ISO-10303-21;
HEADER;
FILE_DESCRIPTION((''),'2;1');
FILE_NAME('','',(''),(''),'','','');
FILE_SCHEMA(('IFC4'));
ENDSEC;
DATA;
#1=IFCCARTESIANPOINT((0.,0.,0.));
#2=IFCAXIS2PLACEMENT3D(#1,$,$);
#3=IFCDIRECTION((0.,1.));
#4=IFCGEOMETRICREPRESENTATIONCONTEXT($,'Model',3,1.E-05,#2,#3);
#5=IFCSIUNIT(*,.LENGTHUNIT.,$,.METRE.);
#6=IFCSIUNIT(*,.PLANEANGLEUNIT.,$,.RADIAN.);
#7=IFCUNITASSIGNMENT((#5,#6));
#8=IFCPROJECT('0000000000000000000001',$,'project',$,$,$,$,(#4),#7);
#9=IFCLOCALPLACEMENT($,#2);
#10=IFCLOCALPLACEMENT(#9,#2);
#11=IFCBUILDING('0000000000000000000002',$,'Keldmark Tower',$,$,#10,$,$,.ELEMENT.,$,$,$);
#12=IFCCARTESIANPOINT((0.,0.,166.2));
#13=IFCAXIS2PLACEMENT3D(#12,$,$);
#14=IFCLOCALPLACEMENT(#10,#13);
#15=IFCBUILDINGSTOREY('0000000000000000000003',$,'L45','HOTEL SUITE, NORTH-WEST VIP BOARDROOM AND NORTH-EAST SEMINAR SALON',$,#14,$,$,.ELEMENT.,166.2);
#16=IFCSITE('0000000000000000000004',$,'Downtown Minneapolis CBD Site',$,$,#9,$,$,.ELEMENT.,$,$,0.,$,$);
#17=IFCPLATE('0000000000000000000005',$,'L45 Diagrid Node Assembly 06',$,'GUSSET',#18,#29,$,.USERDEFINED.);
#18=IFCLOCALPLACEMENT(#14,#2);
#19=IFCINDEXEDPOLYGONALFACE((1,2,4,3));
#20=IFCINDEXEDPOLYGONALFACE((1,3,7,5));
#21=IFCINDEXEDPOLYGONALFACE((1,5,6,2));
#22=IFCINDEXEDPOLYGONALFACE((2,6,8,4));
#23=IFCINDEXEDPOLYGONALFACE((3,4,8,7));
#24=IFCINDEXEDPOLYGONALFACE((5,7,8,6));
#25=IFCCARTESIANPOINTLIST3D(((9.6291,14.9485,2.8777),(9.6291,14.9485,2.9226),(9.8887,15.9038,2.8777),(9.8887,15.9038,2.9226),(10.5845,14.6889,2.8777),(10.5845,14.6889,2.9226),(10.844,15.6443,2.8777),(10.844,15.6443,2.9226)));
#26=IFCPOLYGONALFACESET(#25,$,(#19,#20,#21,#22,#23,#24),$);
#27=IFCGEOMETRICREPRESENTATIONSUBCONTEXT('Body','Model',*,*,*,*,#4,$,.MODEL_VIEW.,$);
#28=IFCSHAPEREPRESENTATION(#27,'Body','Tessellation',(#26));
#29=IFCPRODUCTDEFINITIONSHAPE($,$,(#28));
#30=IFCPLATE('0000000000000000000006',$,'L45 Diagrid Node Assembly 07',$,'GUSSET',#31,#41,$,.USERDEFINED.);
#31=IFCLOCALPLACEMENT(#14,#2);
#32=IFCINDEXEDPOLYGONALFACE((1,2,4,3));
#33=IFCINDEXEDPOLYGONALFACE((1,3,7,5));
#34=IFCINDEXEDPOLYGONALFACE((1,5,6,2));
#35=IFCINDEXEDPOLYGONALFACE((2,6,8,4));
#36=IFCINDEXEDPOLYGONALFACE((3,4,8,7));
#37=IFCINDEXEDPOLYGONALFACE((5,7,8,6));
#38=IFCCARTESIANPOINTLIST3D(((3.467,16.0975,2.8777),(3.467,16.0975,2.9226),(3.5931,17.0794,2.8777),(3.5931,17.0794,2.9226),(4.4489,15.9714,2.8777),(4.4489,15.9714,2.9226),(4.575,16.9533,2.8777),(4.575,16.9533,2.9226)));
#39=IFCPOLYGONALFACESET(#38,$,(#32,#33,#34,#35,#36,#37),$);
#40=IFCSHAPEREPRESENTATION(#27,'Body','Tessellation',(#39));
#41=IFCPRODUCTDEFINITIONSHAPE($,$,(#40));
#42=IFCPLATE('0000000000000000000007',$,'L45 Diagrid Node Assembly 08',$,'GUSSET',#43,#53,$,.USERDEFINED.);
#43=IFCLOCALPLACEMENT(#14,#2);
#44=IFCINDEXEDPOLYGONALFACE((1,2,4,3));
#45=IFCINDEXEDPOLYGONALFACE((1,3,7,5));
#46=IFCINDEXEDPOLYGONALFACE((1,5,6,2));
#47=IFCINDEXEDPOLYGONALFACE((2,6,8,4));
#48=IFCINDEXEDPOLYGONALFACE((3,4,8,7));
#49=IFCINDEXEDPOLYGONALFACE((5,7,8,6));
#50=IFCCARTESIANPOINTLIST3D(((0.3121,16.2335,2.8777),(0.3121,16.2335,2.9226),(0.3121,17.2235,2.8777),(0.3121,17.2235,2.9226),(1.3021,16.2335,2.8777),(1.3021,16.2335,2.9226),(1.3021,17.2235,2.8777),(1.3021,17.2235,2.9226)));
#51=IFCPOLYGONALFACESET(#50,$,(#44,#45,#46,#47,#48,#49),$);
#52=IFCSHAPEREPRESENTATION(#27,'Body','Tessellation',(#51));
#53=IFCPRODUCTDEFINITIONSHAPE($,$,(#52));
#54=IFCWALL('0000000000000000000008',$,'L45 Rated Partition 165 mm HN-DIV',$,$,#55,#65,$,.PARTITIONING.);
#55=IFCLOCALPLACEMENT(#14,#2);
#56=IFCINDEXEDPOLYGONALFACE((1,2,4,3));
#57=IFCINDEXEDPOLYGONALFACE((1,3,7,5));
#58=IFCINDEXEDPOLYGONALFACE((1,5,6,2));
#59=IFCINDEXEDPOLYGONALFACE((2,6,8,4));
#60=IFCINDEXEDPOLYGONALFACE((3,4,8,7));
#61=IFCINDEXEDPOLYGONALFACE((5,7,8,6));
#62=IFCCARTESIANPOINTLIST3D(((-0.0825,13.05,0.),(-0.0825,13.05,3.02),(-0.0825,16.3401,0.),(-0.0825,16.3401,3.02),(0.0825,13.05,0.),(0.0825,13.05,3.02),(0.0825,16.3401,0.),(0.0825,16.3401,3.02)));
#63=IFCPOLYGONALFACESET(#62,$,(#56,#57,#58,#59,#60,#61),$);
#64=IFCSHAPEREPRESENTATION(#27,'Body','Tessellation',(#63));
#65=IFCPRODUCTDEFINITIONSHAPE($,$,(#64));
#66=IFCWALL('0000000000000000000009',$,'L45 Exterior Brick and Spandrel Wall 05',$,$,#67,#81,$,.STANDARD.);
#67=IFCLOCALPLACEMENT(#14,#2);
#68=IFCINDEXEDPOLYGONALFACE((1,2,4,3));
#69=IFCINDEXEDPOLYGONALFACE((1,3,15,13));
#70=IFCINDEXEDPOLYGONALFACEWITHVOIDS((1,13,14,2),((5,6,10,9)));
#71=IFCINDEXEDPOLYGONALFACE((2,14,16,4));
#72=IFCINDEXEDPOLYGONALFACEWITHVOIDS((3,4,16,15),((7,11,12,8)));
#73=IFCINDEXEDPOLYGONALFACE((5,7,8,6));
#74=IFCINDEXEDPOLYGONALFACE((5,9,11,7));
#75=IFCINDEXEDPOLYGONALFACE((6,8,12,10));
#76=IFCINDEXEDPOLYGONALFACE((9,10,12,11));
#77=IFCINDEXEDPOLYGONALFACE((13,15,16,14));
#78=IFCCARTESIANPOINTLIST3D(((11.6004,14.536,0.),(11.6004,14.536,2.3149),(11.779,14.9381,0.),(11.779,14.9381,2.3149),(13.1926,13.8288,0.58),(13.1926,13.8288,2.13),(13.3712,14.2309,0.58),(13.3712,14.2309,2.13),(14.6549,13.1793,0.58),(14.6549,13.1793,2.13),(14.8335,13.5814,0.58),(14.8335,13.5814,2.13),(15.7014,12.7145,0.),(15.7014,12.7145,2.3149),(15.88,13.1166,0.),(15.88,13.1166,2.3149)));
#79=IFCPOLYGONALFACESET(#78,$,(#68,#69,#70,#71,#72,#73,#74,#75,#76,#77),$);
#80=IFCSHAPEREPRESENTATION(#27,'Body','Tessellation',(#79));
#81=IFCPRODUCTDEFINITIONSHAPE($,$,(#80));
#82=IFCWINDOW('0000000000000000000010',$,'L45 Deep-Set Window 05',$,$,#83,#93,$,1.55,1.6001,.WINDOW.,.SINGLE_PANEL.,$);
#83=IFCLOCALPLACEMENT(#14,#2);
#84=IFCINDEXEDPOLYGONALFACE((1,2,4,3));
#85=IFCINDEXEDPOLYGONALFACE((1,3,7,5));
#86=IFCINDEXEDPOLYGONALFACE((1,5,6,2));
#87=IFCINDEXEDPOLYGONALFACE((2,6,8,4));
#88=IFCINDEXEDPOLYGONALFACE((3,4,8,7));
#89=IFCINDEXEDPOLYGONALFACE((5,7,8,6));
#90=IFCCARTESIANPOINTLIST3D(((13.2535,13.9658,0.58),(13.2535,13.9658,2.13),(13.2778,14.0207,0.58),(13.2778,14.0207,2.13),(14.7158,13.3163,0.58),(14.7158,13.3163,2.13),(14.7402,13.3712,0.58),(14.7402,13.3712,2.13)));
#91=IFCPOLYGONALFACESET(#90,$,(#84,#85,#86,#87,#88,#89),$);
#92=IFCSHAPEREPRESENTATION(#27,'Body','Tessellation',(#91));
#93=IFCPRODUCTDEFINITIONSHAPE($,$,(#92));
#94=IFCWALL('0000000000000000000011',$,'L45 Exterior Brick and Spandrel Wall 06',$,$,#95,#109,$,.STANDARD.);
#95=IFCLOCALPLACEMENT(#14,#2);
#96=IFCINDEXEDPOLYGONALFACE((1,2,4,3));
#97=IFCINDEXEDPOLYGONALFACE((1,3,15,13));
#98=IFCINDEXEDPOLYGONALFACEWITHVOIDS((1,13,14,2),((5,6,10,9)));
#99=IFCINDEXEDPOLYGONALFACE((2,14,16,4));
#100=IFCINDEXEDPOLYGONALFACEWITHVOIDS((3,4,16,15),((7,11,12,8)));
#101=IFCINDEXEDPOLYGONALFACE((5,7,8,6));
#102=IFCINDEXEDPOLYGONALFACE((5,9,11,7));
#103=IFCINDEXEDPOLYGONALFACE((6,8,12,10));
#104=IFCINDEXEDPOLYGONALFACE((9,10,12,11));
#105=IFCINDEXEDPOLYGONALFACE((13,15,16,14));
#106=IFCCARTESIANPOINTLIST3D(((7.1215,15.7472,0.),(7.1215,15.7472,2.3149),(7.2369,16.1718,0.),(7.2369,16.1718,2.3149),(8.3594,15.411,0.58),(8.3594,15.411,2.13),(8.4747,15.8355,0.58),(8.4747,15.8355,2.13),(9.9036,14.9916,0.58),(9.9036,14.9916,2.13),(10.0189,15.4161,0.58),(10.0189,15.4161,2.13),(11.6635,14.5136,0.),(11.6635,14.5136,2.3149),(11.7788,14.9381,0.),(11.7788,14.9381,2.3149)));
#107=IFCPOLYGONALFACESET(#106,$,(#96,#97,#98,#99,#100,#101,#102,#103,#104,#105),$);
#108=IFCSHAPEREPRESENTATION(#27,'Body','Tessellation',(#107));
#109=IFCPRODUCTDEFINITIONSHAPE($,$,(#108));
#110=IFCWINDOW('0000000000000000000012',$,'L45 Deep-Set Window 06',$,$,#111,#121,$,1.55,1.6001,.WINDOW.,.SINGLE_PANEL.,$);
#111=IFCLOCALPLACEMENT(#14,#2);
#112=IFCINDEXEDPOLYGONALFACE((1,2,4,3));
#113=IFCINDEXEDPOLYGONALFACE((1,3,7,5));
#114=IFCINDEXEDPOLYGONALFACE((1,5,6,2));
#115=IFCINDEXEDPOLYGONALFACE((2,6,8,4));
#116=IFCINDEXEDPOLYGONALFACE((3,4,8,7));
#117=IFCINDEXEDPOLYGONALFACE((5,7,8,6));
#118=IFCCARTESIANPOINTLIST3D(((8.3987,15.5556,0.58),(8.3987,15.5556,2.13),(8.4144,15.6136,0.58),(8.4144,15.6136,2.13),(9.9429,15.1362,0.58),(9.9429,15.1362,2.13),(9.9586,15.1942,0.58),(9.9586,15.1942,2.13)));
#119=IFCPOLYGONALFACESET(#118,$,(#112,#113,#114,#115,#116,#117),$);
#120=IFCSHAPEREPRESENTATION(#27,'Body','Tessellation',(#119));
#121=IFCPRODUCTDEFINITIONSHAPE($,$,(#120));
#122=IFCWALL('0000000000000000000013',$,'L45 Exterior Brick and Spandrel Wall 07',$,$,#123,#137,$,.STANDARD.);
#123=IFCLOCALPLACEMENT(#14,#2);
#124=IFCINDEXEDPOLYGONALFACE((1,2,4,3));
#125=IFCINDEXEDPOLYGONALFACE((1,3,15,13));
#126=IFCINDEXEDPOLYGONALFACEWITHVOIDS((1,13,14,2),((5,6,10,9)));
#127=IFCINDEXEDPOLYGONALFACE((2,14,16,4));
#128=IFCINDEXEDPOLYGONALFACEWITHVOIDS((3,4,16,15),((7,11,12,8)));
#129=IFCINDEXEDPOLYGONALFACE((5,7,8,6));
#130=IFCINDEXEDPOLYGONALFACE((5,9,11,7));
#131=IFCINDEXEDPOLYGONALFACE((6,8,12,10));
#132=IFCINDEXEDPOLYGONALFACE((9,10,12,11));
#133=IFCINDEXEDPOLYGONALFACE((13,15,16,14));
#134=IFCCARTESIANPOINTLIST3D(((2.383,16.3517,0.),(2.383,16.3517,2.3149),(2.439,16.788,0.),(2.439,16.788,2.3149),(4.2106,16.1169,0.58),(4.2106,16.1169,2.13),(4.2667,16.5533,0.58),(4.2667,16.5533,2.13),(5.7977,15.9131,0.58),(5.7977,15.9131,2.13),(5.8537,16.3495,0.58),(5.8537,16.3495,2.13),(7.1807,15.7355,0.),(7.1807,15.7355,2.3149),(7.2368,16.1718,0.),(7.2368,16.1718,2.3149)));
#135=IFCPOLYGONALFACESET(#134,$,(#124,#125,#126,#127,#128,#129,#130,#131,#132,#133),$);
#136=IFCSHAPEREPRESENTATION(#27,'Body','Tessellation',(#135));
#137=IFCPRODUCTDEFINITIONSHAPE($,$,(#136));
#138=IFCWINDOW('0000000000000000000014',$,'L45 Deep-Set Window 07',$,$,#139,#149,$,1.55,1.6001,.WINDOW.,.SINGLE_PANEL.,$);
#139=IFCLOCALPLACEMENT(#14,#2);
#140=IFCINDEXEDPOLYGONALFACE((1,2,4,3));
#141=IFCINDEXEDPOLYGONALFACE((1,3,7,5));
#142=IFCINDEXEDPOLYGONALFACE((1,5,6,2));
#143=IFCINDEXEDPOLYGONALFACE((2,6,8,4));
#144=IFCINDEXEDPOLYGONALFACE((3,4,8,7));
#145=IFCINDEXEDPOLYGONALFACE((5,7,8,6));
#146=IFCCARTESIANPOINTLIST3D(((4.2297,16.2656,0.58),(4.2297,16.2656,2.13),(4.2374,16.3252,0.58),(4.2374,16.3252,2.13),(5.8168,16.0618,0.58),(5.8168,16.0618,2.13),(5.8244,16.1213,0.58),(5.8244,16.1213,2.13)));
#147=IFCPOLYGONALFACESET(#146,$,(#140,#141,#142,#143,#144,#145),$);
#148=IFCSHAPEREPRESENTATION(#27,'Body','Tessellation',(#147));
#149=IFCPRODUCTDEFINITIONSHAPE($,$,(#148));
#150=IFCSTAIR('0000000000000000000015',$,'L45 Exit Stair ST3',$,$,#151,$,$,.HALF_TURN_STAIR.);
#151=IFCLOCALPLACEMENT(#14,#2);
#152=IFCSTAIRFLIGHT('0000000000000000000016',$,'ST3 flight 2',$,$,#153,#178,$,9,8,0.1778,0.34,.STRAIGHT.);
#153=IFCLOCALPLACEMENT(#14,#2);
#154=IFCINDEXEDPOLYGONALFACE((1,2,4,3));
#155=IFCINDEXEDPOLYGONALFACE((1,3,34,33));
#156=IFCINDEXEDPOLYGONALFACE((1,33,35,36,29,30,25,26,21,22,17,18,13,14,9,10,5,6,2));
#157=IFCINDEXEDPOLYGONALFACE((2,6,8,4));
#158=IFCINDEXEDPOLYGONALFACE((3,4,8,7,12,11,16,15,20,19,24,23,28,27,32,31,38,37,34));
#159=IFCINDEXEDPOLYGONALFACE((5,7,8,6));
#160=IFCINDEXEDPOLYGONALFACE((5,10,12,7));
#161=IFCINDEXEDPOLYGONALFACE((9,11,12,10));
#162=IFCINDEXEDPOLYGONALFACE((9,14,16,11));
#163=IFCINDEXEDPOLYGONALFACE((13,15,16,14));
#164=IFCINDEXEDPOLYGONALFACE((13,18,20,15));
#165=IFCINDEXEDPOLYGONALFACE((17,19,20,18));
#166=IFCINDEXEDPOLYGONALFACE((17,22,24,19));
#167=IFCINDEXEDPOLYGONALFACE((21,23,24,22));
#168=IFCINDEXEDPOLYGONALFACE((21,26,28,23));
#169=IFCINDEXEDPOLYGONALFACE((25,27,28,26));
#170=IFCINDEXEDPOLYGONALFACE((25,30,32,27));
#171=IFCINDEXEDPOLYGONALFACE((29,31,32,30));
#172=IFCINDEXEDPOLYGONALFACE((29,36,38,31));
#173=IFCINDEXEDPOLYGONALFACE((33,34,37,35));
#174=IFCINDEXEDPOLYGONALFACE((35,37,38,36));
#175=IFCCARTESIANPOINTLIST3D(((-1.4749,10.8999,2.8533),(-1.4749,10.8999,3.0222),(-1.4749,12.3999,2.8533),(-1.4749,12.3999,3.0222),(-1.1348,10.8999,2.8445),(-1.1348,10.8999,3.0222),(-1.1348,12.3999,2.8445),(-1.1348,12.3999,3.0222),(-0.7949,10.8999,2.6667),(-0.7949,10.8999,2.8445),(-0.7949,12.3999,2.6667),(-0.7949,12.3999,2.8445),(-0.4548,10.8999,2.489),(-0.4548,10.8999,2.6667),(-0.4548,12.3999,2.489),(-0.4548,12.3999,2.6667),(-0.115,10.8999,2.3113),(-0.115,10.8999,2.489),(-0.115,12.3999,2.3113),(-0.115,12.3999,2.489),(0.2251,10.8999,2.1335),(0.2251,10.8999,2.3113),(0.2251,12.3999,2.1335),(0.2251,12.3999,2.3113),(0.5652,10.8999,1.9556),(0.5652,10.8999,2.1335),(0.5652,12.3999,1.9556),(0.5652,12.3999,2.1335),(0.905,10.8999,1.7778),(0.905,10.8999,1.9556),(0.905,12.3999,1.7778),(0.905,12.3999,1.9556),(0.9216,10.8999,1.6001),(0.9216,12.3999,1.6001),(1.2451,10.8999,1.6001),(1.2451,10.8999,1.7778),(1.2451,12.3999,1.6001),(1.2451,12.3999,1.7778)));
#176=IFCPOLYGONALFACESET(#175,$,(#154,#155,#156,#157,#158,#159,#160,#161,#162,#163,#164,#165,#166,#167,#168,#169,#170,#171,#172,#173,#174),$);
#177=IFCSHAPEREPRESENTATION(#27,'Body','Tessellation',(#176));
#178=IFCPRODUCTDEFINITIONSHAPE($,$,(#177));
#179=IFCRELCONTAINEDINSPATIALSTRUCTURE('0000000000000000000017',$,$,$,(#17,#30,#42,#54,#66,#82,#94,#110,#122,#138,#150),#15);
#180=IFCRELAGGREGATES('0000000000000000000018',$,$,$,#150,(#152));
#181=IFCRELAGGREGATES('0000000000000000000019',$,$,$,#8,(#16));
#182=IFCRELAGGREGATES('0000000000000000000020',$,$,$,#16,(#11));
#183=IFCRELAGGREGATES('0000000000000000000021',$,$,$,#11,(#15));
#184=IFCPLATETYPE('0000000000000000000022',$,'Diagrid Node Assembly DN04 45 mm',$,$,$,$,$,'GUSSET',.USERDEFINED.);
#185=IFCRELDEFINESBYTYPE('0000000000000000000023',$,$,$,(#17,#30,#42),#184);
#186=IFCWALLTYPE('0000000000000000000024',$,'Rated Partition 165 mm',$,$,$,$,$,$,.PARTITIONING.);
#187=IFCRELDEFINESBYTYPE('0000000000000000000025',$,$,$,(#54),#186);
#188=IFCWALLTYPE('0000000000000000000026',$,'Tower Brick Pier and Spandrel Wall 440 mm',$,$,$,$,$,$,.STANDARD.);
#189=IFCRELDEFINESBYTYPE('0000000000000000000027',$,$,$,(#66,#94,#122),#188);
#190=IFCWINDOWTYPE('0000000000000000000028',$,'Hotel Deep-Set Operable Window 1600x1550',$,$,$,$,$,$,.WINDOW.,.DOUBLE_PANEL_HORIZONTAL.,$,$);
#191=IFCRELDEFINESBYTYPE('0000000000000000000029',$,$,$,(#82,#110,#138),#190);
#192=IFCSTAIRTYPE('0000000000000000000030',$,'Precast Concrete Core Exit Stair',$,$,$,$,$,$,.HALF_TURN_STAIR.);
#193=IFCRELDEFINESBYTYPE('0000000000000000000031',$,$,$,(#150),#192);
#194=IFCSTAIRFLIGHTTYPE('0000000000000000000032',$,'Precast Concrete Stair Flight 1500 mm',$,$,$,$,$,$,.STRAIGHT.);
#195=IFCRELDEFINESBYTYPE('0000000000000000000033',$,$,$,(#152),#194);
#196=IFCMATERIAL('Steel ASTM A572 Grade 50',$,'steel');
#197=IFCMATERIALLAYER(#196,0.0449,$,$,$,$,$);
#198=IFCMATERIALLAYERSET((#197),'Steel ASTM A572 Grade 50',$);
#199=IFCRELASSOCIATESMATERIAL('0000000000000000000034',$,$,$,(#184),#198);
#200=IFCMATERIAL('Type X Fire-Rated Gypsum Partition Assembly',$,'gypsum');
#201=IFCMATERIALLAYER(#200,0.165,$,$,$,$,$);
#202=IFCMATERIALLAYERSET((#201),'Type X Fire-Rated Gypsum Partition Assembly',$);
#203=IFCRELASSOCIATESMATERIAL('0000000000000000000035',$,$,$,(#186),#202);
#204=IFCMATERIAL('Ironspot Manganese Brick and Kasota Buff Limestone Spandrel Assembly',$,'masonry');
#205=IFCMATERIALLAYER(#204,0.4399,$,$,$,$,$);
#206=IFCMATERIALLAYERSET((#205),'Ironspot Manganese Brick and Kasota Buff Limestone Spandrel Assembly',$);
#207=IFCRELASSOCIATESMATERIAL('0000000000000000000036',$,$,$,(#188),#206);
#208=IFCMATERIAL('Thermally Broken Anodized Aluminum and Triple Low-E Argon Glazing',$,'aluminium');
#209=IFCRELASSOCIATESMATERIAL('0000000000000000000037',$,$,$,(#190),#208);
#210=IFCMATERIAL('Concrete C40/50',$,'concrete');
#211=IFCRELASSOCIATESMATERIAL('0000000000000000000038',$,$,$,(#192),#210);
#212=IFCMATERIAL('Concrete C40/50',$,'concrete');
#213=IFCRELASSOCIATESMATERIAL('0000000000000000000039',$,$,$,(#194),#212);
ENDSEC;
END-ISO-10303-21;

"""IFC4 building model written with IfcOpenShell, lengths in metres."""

from ifc_helpers import new_model, si_unit, direction, frame, frame_2d, origin, origin_2d, place, context, subcontext, project, spatial, polyline, rectangle, outline, extrude, material, layer, layer_set, type_object, element, fill, aggregate, save


model = new_model("IFC4")

# Units and contexts
model_context = context("Model", 3, precision=1e-05, world=origin(), true_north=direction((0.0, 1.0)))
body_context = subcontext(model_context, "Body", "Model", "MODEL_VIEW")
ifc_project = project(units=[si_unit("LENGTHUNIT", "METRE"), si_unit("PLANEANGLEUNIT", "RADIAN")], contexts=[model_context])

# Site, building, storey
site_placement = place(None, origin())
site = spatial("IfcSite", under=ifc_project, at=site_placement, Name="Downtown Minneapolis CBD Site", CompositionType="ELEMENT", RefElevation=0.0)
building_placement = place(site_placement, origin())
building = spatial("IfcBuilding", under=site, at=building_placement, Name="Keldmark Tower", CompositionType="ELEMENT")
storey_placement = place(building_placement, frame((0.0, 0.0, 166.2)))
storey = spatial("IfcBuildingStorey", under=building, at=storey_placement, Name="L45", Description="HOTEL SUITE, NORTH-WEST VIP BOARDROOM AND NORTH-EAST SEMINAR SALON", CompositionType="ELEMENT", Elevation=166.2)

# Plates
ifc_material_1 = material(Name="Steel ASTM A572 Grade 50", Category="steel")
ifc_layer_1 = layer(ifc_material_1, 0.0449)
ifc_layer_set_1 = layer_set([ifc_layer_1], Name="Steel ASTM A572 Grade 50")
plate_type_1 = type_object("IfcPlateType", Name="Diagrid Node Assembly DN04 45 mm", ElementType="GUSSET", PredefinedType="USERDEFINED", material=ifc_layer_set_1)
for number, where, z_axis, x_axis, name in (
    (1, (10.2366, 15.2964, 2.8777), (0.0, 0.0, 1.0), (-0.965016, 0.262189, 0.0), "L45 Diagrid Node Assembly 06"),
    (2, (4.021, 16.5254, 2.8777), (0.0, 0.0, 1.0), (-0.99185, 0.127411, 0.0), "L45 Diagrid Node Assembly 07"),
    (3, (0.8071, 16.7285, 2.8777), (0.0, 0.0, 1.0), (-1.0, 0.0, 0.0), "L45 Diagrid Node Assembly 08"),
):
    element("IfcPlate", number, at=place(storey_placement, frame(where, z_axis=z_axis, x_axis=x_axis)), inside=storey, type_object=plate_type_1, Name=name, ObjectType="GUSSET", PredefinedType="USERDEFINED", context=body_context, shape_type="SweptSolid", body=[
        extrude(rectangle(XDim=0.99, YDim=0.99, at=origin_2d()), origin(), (0.0, 0.0, 1.0), 0.0449),
    ])

# Wall
ifc_material_2 = material(Name="Type X Fire-Rated Gypsum Partition Assembly", Category="gypsum")
ifc_layer_2 = layer(ifc_material_2, 0.165)
ifc_layer_set_2 = layer_set([ifc_layer_2], Name="Type X Fire-Rated Gypsum Partition Assembly")
wall_type_1 = type_object("IfcWallType", Name="Rated Partition 165 mm", PredefinedType="PARTITIONING", material=ifc_layer_set_2)
wall_1_placement = place(storey_placement, frame((0.0, 13.05, 0.0), z_axis=(0.0, 0.0, 1.0), x_axis=(0.0, 1.0, 0.0)))
element("IfcWall", 4, at=wall_1_placement, inside=storey, type_object=wall_type_1, Name="L45 Rated Partition 165 mm HN-DIV", PredefinedType="PARTITIONING", context=body_context, shape_type="SweptSolid", body=[
    extrude(rectangle(XDim=3.29, YDim=0.165, at=frame_2d((1.645, 0.0))), origin(), (0.0, 0.0, 1.0), 3.02),
])

# Walls, openings, windows
ifc_material_3 = material(Name="Ironspot Manganese Brick and Kasota Buff Limestone Spandrel Assembly", Category="masonry")
ifc_layer_3 = layer(ifc_material_3, 0.4399)
ifc_layer_set_3 = layer_set([ifc_layer_3], Name="Ironspot Manganese Brick and Kasota Buff Limestone Spandrel Assembly")
wall_type_2 = type_object("IfcWallType", Name="Tower Brick Pier and Spandrel Wall 440 mm", PredefinedType="STANDARD", material=ifc_layer_set_3)
wall_2_placement = place(storey_placement, frame((11.6897, 14.7371, 0.0), z_axis=(0.0, 0.0, 1.0), x_axis=(0.913908, -0.405921, 0.0)))
wall_2 = element("IfcWall", 5, at=wall_2_placement, inside=storey, type_object=wall_type_2, Name="L45 Exterior Brick and Spandrel Wall 05", PredefinedType="STANDARD", context=body_context, shape_type="SweptSolid", body=[
    extrude(rectangle(XDim=4.4873, YDim=0.4399, at=frame_2d((2.2437, 0.0))), origin(), (0.0, 0.0, 1.0), 2.3149),
])
opening_1_placement = place(wall_2_placement, frame((1.7422, 0.0, 0.5801)))
opening_1 = element("IfcOpeningElement", 6, at=opening_1_placement, cuts=wall_2, PredefinedType="OPENING", context=body_context, shape_type="SweptSolid", body=[
    extrude(rectangle(XDim=1.6001, YDim=1.55, at=frame_2d((0.8, 0.7749))), frame((0.0, 0.23, 0.0), z_axis=(0.0, -1.0, 0.0), x_axis=(1.0, 0.0, 0.0)), (0.0, 0.0, 1.0), 0.46),
])
ifc_material_4 = material(Name="Thermally Broken Anodized Aluminum and Triple Low-E Argon Glazing", Category="aluminium")
window_type = type_object("IfcWindowType", Name="Hotel Deep-Set Operable Window 1600x1550", PartitioningType="DOUBLE_PANEL_HORIZONTAL", PredefinedType="WINDOW", material=ifc_material_4)
window_1_placement = place(opening_1_placement, origin())
window_1 = element("IfcWindow", 7, at=window_1_placement, inside=storey, type_object=window_type, Name="L45 Deep-Set Window 05", OverallHeight=1.55, OverallWidth=1.6001, PartitioningType="SINGLE_PANEL", PredefinedType="WINDOW", context=body_context, shape_type="SweptSolid", body=[
    extrude(rectangle(XDim=1.6001, YDim=1.55, at=frame_2d((0.8, 0.7749))), frame((0.0, -0.01, 0.0), z_axis=(0.0, -1.0, 0.0), x_axis=(1.0, 0.0, 0.0)), (0.0, 0.0, 1.0), 0.0601),
])
fill(opening_1, window_1)
wall_3_placement = place(storey_placement, frame((7.1792, 15.9595, 0.0), z_axis=(0.0, 0.0, 1.0), x_axis=(0.965037, -0.262112, 0.0)))
wall_3 = element("IfcWall", 8, at=wall_3_placement, inside=storey, type_object=wall_type_2, Name="L45 Exterior Brick and Spandrel Wall 06", PredefinedType="STANDARD", context=body_context, shape_type="SweptSolid", body=[
    extrude(rectangle(XDim=4.7065, YDim=0.4399, at=frame_2d((2.3533, 0.0))), origin(), (0.0, 0.0, 1.0), 2.3149),
])
opening_2_placement = place(wall_3_placement, frame((1.2827, 0.0, 0.5801)))
opening_2 = element("IfcOpeningElement", 9, at=opening_2_placement, cuts=wall_3, PredefinedType="OPENING", context=body_context, shape_type="SweptSolid", body=[
    extrude(rectangle(XDim=1.6001, YDim=1.55, at=frame_2d((0.8, 0.7749))), frame((0.0, 0.23, 0.0), z_axis=(0.0, -1.0, 0.0), x_axis=(1.0, 0.0, 0.0)), (0.0, 0.0, 1.0), 0.46),
])
window_2_placement = place(opening_2_placement, origin())
window_2 = element("IfcWindow", 10, at=window_2_placement, inside=storey, type_object=window_type, Name="L45 Deep-Set Window 06", OverallHeight=1.55, OverallWidth=1.6001, PartitioningType="SINGLE_PANEL", PredefinedType="WINDOW", context=body_context, shape_type="SweptSolid", body=[
    extrude(rectangle(XDim=1.6001, YDim=1.55, at=frame_2d((0.8, 0.7749))), frame((0.0, -0.01, 0.0), z_axis=(0.0, -1.0, 0.0), x_axis=(1.0, 0.0, 0.0)), (0.0, 0.0, 1.0), 0.0601),
])
fill(opening_2, window_2)
wall_4_placement = place(storey_placement, frame((2.4111, 16.5698, 0.0), z_axis=(0.0, 0.0, 1.0), x_axis=(0.991853, -0.127388, 0.0)))
wall_4 = element("IfcWall", 11, at=wall_4_placement, inside=storey, type_object=wall_type_2, Name="L45 Exterior Brick and Spandrel Wall 07", PredefinedType="STANDARD", context=body_context, shape_type="SweptSolid", body=[
    extrude(rectangle(XDim=4.8372, YDim=0.4399, at=frame_2d((2.4185, 0.0))), origin(), (0.0, 0.0, 1.0), 2.3149),
])
opening_3_placement = place(wall_4_placement, frame((1.8425, 0.0, 0.5801)))
opening_3 = element("IfcOpeningElement", 12, at=opening_3_placement, cuts=wall_4, PredefinedType="OPENING", context=body_context, shape_type="SweptSolid", body=[
    extrude(rectangle(XDim=1.6001, YDim=1.55, at=frame_2d((0.8, 0.7749))), frame((0.0, 0.23, 0.0), z_axis=(0.0, -1.0, 0.0), x_axis=(1.0, 0.0, 0.0)), (0.0, 0.0, 1.0), 0.46),
])
window_3_placement = place(opening_3_placement, origin())
window_3 = element("IfcWindow", 13, at=window_3_placement, inside=storey, type_object=window_type, Name="L45 Deep-Set Window 07", OverallHeight=1.55, OverallWidth=1.6001, PartitioningType="SINGLE_PANEL", PredefinedType="WINDOW", context=body_context, shape_type="SweptSolid", body=[
    extrude(rectangle(XDim=1.6001, YDim=1.55, at=frame_2d((0.8, 0.7749))), frame((0.0, -0.01, 0.0), z_axis=(0.0, -1.0, 0.0), x_axis=(1.0, 0.0, 0.0)), (0.0, 0.0, 1.0), 0.0601),
])
fill(opening_3, window_3)

# Stair, stair flight
ifc_material_5 = material(Name="Concrete C40/50", Category="concrete")
stair_type = type_object("IfcStairType", Name="Precast Concrete Core Exit Stair", PredefinedType="HALF_TURN_STAIR", material=ifc_material_5)
stair_placement = place(storey_placement, origin())
stair = element("IfcStair", 14, at=stair_placement, inside=storey, type_object=stair_type, Name="L45 Exit Stair ST3", PredefinedType="HALF_TURN_STAIR")
ifc_material_6 = material(Name="Concrete C40/50", Category="concrete")
stair_flight_type = type_object("IfcStairFlightType", Name="Precast Concrete Stair Flight 1500 mm", PredefinedType="STRAIGHT", material=ifc_material_6)
stair_flight_placement = place(storey_placement, frame((1.2451, 11.6499, 1.6001), z_axis=(0.0, 0.0, 1.0), x_axis=(-1.0, 0.0, 0.0)))
stair_flight = element("IfcStairFlight", 15, at=stair_flight_placement, type_object=stair_flight_type, Name="ST3 flight 2", NumberOfRisers=9, NumberOfTreads=8, PredefinedType="STRAIGHT", RiserHeight=0.1778, TreadLength=0.34, context=body_context, shape_type="SweptSolid", body=[
    extrude(outline(polyline([(0.0, 0.0), (0.0, 0.1777), (0.3401, 0.1777), (0.3401, 0.3555), (0.6799, 0.3555), (0.6799, 0.5334), (1.02, 0.5334), (1.02, 0.7112), (1.3601, 0.7112), (1.3601, 0.8889), (1.7, 0.8889), (1.7, 1.0667), (2.04, 1.0667), (2.04, 1.2444), (2.3799, 1.2444), (2.3799, 1.4221), (2.72, 1.4221), (2.72, 1.6001), (2.72, 1.2532), (0.3235, 0.0), (0.0, 0.0)])), frame((0.0, 0.75, 0.0), z_axis=(0.0, -1.0, 0.0), x_axis=(1.0, 0.0, 0.0)), (0.0, 0.0, 1.0), 1.5),
])
aggregate(stair, [stair_flight])

save(model, "model.ifc")
